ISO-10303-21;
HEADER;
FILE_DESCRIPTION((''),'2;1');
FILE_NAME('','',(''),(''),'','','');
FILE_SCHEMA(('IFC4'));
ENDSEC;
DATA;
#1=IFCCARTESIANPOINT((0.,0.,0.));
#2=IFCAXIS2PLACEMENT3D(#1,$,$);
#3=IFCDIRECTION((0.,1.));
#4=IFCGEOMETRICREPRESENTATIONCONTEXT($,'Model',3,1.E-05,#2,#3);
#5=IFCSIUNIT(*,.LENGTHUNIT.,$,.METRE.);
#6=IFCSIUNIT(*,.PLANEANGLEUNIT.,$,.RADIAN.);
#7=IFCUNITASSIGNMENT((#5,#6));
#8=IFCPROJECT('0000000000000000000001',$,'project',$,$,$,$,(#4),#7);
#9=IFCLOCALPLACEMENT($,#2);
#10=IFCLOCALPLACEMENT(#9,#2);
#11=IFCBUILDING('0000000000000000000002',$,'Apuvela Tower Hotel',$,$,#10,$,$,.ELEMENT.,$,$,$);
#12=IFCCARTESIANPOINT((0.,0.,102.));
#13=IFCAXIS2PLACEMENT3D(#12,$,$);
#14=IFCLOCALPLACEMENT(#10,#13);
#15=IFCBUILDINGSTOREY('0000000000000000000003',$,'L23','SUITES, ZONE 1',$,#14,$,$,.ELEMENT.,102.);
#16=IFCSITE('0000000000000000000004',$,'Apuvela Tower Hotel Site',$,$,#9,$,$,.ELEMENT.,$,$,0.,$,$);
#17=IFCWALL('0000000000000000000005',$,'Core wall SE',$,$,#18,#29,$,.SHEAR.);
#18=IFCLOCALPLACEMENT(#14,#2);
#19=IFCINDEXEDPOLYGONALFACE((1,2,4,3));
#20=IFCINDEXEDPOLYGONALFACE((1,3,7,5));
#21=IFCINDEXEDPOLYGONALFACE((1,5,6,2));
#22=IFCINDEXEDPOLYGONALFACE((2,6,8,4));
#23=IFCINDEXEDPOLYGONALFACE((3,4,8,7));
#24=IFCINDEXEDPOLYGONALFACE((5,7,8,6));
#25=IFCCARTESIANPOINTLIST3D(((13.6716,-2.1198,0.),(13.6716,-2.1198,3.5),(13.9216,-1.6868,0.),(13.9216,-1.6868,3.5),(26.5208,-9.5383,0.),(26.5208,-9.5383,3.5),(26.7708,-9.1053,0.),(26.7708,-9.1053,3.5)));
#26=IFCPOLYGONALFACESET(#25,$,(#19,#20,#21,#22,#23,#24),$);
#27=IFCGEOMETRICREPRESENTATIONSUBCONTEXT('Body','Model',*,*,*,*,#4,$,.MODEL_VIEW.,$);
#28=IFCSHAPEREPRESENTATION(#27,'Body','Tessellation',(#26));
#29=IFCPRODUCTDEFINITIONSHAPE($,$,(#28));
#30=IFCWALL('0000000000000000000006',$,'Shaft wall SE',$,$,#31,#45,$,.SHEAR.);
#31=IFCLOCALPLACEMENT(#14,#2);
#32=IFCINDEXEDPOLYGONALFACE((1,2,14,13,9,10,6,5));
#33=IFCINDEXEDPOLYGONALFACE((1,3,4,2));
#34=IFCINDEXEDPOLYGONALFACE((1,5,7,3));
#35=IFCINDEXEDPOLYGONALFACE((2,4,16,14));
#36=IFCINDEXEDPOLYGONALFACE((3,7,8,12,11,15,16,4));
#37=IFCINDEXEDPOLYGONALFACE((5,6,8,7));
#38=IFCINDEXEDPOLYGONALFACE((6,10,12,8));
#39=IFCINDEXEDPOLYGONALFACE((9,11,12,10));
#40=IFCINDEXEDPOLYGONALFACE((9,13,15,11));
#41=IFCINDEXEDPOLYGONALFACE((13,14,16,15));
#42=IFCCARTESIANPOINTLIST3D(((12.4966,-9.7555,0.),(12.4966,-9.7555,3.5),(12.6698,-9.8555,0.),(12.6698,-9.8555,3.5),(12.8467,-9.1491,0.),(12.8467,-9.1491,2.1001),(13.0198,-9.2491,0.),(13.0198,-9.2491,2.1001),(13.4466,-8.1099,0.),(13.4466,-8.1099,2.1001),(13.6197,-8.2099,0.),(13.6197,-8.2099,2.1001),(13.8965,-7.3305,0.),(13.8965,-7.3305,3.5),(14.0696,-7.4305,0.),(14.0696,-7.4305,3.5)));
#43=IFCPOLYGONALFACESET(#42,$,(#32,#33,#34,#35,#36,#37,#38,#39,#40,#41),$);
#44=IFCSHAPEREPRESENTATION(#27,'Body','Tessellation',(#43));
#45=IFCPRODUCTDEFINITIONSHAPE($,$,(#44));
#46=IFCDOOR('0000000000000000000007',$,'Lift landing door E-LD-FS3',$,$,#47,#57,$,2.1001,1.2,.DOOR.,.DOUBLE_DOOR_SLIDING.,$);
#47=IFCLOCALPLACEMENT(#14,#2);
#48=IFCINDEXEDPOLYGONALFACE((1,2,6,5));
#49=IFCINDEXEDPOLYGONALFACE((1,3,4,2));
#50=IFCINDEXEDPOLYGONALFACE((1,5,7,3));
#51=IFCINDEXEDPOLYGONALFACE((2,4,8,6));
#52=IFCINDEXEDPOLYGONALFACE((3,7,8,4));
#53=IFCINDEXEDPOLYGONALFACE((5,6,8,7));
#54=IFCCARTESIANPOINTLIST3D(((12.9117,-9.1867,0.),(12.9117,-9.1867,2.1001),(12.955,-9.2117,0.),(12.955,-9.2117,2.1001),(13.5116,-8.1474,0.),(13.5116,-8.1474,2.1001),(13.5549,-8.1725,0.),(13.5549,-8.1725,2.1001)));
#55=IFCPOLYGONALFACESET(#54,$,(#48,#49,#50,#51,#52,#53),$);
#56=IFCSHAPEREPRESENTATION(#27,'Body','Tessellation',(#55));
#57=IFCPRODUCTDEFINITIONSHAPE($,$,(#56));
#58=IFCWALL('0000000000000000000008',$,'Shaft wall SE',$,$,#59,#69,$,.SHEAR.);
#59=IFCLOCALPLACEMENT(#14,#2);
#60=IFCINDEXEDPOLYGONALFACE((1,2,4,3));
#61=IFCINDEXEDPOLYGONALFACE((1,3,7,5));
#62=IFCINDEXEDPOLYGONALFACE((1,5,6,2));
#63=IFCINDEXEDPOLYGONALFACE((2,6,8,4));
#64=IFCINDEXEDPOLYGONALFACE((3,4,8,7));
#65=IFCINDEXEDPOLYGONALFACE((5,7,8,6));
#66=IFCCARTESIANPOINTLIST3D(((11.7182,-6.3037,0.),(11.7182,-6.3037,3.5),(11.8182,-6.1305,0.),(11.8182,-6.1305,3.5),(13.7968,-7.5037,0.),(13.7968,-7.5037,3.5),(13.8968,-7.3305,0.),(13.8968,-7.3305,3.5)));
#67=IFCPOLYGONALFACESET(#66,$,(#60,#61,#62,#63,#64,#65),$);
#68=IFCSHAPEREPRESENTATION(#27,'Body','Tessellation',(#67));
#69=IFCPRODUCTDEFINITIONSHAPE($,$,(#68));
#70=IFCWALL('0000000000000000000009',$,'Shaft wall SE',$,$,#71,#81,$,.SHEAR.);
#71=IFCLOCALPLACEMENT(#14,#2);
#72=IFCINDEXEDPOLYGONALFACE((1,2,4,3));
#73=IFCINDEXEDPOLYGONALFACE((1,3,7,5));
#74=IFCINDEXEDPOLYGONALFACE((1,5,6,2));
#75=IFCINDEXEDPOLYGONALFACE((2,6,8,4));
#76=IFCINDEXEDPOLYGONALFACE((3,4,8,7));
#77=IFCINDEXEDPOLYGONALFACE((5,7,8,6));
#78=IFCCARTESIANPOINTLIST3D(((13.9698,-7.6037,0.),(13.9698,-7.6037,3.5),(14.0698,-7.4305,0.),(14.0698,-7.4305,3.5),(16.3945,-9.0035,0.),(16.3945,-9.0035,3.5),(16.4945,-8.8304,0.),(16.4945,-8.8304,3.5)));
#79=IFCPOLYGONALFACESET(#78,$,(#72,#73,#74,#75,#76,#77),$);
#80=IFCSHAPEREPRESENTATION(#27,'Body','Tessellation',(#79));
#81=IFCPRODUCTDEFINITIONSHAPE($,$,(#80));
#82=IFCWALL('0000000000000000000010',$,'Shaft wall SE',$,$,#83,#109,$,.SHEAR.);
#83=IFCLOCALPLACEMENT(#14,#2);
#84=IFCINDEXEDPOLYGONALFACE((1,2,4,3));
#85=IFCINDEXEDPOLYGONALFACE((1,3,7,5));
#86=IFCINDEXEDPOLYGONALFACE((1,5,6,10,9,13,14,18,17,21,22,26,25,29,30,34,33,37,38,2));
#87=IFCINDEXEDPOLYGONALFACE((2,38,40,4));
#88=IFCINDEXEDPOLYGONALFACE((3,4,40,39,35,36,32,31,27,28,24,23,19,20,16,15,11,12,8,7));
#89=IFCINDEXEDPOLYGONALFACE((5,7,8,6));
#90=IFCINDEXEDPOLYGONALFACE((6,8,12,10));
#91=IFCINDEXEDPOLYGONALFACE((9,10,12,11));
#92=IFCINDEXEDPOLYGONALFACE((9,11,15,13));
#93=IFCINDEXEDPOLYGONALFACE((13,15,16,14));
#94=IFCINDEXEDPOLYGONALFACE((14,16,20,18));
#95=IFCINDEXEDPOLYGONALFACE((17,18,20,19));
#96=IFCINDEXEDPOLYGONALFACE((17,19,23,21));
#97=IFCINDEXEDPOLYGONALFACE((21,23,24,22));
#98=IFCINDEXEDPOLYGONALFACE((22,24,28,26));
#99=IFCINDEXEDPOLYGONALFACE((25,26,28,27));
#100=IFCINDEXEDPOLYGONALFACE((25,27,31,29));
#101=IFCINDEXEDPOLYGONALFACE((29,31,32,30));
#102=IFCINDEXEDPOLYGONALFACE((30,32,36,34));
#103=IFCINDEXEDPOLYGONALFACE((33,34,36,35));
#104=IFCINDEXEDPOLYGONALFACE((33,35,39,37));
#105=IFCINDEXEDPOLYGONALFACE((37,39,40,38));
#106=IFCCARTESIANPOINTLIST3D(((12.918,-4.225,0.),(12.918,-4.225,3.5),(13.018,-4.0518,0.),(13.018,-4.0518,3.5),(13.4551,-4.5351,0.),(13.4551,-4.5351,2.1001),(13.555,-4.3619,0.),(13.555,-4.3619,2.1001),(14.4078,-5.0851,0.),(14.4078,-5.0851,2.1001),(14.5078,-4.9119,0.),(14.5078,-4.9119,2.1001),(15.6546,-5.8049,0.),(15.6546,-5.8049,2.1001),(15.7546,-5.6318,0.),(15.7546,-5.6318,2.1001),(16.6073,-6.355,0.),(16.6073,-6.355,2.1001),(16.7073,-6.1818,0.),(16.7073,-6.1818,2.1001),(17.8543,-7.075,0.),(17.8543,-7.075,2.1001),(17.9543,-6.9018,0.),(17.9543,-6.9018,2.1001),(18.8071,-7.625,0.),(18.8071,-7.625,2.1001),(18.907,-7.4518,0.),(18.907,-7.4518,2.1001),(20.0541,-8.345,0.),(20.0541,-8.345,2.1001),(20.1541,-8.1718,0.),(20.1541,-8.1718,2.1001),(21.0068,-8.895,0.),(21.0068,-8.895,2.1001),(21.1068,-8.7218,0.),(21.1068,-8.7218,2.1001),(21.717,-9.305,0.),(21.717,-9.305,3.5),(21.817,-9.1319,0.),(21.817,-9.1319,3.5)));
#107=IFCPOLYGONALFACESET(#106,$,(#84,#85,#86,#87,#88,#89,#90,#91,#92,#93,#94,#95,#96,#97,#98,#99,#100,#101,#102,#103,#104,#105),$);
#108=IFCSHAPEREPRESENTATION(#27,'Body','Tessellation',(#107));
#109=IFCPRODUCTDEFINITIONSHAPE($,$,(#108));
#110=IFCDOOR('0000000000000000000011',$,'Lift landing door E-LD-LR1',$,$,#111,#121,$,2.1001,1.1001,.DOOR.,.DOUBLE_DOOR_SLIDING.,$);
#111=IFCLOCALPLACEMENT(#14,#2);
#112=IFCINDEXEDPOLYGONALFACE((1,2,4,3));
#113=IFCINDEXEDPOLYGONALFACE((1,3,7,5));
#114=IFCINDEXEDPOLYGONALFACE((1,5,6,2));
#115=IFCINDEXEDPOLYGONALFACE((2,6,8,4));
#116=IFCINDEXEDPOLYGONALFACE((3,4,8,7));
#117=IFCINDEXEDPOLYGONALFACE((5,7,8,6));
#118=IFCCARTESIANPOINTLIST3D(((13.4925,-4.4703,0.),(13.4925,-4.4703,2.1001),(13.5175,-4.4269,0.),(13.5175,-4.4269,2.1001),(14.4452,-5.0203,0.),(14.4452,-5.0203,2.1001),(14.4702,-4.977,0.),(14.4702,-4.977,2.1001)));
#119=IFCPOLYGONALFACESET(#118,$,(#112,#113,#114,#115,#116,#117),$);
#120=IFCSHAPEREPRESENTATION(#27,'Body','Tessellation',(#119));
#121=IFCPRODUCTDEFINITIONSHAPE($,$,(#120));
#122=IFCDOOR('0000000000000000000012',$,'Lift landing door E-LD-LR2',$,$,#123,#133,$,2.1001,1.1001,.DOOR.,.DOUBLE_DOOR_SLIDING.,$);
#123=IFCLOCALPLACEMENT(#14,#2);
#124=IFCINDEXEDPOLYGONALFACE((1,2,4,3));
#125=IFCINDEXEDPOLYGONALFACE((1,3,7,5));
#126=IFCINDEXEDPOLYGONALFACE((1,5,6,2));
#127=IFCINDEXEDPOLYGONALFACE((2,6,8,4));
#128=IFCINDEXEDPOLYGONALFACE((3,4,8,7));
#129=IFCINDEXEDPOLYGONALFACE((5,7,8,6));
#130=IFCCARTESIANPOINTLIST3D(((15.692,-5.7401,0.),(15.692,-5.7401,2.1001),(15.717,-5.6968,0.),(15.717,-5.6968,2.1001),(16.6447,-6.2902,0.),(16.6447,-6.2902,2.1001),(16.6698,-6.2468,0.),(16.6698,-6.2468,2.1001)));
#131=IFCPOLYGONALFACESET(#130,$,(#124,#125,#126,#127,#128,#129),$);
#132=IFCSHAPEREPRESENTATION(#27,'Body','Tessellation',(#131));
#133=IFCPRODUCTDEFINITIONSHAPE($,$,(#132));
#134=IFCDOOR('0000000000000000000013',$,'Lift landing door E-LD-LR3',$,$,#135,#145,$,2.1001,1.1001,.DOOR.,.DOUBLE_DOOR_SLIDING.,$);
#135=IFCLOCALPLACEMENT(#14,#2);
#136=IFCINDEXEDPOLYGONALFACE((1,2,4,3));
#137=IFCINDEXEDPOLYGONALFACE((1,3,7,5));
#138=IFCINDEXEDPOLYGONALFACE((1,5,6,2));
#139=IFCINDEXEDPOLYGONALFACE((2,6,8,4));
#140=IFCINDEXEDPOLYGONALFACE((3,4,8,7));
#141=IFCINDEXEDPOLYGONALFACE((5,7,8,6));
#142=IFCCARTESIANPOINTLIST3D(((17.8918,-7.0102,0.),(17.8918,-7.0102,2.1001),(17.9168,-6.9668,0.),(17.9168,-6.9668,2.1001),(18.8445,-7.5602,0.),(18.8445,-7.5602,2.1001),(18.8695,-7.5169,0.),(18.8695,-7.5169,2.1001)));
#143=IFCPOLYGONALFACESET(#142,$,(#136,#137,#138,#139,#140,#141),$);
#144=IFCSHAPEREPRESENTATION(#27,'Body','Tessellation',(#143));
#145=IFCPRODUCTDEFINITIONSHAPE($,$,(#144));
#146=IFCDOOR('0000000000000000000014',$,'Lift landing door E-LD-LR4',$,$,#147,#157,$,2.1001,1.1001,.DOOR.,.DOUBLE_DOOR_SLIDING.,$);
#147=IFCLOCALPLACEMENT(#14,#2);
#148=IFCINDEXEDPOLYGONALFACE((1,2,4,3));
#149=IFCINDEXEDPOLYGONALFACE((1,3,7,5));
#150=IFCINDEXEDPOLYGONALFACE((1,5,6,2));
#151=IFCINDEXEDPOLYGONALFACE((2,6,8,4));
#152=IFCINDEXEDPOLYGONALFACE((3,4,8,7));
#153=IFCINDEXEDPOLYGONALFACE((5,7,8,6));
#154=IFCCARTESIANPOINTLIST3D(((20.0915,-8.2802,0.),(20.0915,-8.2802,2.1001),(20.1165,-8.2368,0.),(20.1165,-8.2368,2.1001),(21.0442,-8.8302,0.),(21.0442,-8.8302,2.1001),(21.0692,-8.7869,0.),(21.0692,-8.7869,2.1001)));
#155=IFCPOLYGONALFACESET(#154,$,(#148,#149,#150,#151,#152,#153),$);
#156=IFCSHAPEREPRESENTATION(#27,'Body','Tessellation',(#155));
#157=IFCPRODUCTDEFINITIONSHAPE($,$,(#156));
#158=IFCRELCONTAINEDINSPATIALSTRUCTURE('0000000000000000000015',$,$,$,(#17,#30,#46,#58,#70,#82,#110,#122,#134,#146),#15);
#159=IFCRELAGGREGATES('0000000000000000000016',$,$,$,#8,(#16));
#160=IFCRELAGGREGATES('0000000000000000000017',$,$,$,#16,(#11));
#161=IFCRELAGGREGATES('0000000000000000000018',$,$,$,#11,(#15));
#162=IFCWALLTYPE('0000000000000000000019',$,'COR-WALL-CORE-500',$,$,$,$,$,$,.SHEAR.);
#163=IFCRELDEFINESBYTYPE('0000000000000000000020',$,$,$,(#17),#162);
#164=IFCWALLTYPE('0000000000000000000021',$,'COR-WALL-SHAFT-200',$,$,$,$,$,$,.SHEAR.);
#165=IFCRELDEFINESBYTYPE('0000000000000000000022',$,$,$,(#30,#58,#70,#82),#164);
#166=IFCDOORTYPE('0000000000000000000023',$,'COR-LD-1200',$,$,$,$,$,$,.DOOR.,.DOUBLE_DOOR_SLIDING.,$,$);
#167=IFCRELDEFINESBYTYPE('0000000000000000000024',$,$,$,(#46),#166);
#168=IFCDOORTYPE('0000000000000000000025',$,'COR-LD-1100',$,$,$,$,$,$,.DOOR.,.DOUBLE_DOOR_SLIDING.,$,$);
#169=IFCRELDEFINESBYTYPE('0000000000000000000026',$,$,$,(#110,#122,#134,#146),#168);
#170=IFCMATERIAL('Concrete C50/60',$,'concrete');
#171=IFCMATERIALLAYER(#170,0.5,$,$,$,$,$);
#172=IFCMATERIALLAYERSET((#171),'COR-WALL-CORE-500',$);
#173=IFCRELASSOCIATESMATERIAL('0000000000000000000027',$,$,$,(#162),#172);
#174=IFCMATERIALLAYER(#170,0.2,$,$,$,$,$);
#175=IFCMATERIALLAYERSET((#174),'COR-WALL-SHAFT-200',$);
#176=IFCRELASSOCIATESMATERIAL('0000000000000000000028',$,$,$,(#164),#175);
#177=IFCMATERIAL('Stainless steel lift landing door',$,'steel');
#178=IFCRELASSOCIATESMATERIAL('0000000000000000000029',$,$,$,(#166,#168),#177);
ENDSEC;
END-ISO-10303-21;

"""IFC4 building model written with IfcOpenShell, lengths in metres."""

from ifc_helpers import new_model, si_unit, direction, frame, frame_2d, origin, place, context, subcontext, project, spatial, rectangle, extrude, material, layer, layer_set, type_object, element, fill, save


model = new_model("IFC4")

# Units and contexts
model_context = context("Model", 3, precision=1e-05, world=origin(), true_north=direction((0.0, 1.0)))
body_context = subcontext(model_context, "Body", "Model", "MODEL_VIEW")
ifc_project = project(units=[si_unit("LENGTHUNIT", "METRE"), si_unit("PLANEANGLEUNIT", "RADIAN")], contexts=[model_context])

# Site, building, storey
site_placement = place(None, origin())
site = spatial("IfcSite", under=ifc_project, at=site_placement, Name="Apuvela Tower Hotel Site", CompositionType="ELEMENT", RefElevation=0.0)
building_placement = place(site_placement, origin())
building = spatial("IfcBuilding", under=site, at=building_placement, Name="Apuvela Tower Hotel", CompositionType="ELEMENT")
storey_placement = place(building_placement, frame((0.0, 0.0, 102.0)))
storey = spatial("IfcBuildingStorey", under=building, at=storey_placement, Name="L23", Description="SUITES, ZONE 1", CompositionType="ELEMENT", Elevation=102.0)

# Shared definitions
ifc_material_1 = material(Name="Concrete C50/60", Category="concrete")

# Wall
ifc_layer_1 = layer(ifc_material_1, 0.5)
ifc_layer_set_1 = layer_set([ifc_layer_1], Name="COR-WALL-CORE-500")
wall_type_1 = type_object("IfcWallType", Name="COR-WALL-CORE-500", PredefinedType="SHEAR", material=ifc_layer_set_1)
wall_1_placement = place(storey_placement, frame((13.7966, -1.9033, 0.0), z_axis=(0.0, 0.0, 1.0), x_axis=(0.866025, -0.500001, 0.0)))
element("IfcWall", 1, at=wall_1_placement, inside=storey, type_object=wall_type_1, Name="Core wall SE", PredefinedType="SHEAR", context=body_context, shape_type="SweptSolid", body=[
    extrude(rectangle(XDim=14.8369, YDim=0.5, at=frame_2d((7.4185, 0.0))), origin(), (0.0, 0.0, 1.0), 3.5),
])

# Wall, opening, door
ifc_layer_2 = layer(ifc_material_1, 0.2)
ifc_layer_set_2 = layer_set([ifc_layer_2], Name="COR-WALL-SHAFT-200")
wall_type_2 = type_object("IfcWallType", Name="COR-WALL-SHAFT-200", PredefinedType="SHEAR", material=ifc_layer_set_2)
wall_2_placement = place(storey_placement, frame((12.5833, -9.8054, 0.0), z_axis=(0.0, 0.0, 1.0), x_axis=(0.499946, 0.866056, 0.0)))
wall_2 = element("IfcWall", 2, at=wall_2_placement, inside=storey, type_object=wall_type_2, Name="Shaft wall SE", PredefinedType="SHEAR", context=body_context, shape_type="SweptSolid", body=[
    extrude(rectangle(XDim=2.8, YDim=0.2, at=frame_2d((1.3999, 0.0))), origin(), (0.0, 0.0, 1.0), 3.5),
])
opening_1_placement = place(wall_2_placement, frame((0.7, 0.0, 0.0)))
opening_1 = element("IfcOpeningElement", 3, at=opening_1_placement, cuts=wall_2, PredefinedType="OPENING", context=body_context, shape_type="SweptSolid", body=[
    extrude(rectangle(XDim=1.2, YDim=2.1001, at=frame_2d((0.6001, 1.05))), frame((0.0, 0.1099, 0.0), z_axis=(0.0, -1.0, 0.0), x_axis=(1.0, 0.0, 0.0)), (0.0, 0.0, 1.0), 0.22),
])
ifc_material_2 = material(Name="Stainless steel lift landing door", Category="steel")
door_type_1 = type_object("IfcDoorType", Name="COR-LD-1200", OperationType="DOUBLE_DOOR_SLIDING", PredefinedType="DOOR", material=ifc_material_2)
door_1_placement = place(opening_1_placement, origin())
door_1 = element("IfcDoor", 4, at=door_1_placement, inside=storey, type_object=door_type_1, Name="Lift landing door E-LD-FS3", OperationType="DOUBLE_DOOR_SLIDING", OverallHeight=2.1001, OverallWidth=1.2, PredefinedType="DOOR", context=body_context, shape_type="SweptSolid", body=[
    extrude(rectangle(XDim=1.2, YDim=2.1001, at=frame_2d((0.6001, 1.05))), frame((0.0, 0.0249, 0.0), z_axis=(0.0, -1.0, 0.0), x_axis=(1.0, 0.0, 0.0)), (0.0, 0.0, 1.0), 0.05),
])
fill(opening_1, door_1)

# Walls
wall_3_placement = place(storey_placement, frame((11.7681, -6.217, 0.0), z_axis=(0.0, 0.0, 1.0), x_axis=(0.86605, -0.499957, 0.0)))
element("IfcWall", 5, at=wall_3_placement, inside=storey, type_object=wall_type_2, Name="Shaft wall SE", PredefinedType="SHEAR", context=body_context, shape_type="SweptSolid", body=[
    extrude(rectangle(XDim=2.4001, YDim=0.2, at=frame_2d((1.2002, 0.0))), origin(), (0.0, 0.0, 1.0), 3.5),
])
wall_4_placement = place(storey_placement, frame((14.0198, -7.5171, 0.0), z_axis=(0.0, 0.0, 1.0), x_axis=(0.866035, -0.499984, 0.0)))
element("IfcWall", 6, at=wall_4_placement, inside=storey, type_object=wall_type_2, Name="Shaft wall SE", PredefinedType="SHEAR", context=body_context, shape_type="SweptSolid", body=[
    extrude(rectangle(XDim=2.7998, YDim=0.2, at=frame_2d((1.3999, 0.0))), origin(), (0.0, 0.0, 1.0), 3.5),
])

# Wall, openings, doors
wall_5_placement = place(storey_placement, frame((12.968, -4.1384, 0.0), z_axis=(0.0, 0.0, 1.0), x_axis=(0.866028, -0.499995, 0.0)))
wall_5 = element("IfcWall", 7, at=wall_5_placement, inside=storey, type_object=wall_type_2, Name="Shaft wall SE", PredefinedType="SHEAR", context=body_context, shape_type="SweptSolid", body=[
    extrude(rectangle(XDim=10.1602, YDim=0.2, at=frame_2d((5.0801, 0.0))), origin(), (0.0, 0.0, 1.0), 3.5),
])
opening_2_placement = place(wall_5_placement, frame((0.6201, 0.0, 0.0)))
opening_2 = element("IfcOpeningElement", 8, at=opening_2_placement, cuts=wall_5, PredefinedType="OPENING", context=body_context, shape_type="SweptSolid", body=[
    extrude(rectangle(XDim=1.1001, YDim=2.1001, at=frame_2d((0.55, 1.05))), frame((0.0, 0.1099, 0.0), z_axis=(0.0, -1.0, 0.0), x_axis=(1.0, 0.0, 0.0)), (0.0, 0.0, 1.0), 0.22),
])
opening_3_placement = place(wall_5_placement, frame((3.1599, 0.0, 0.0)))
opening_3 = element("IfcOpeningElement", 9, at=opening_3_placement, cuts=wall_5, PredefinedType="OPENING", context=body_context, shape_type="SweptSolid", body=[
    extrude(rectangle(XDim=1.1001, YDim=2.1001, at=frame_2d((0.55, 1.05))), frame((0.0, 0.1099, 0.0), z_axis=(0.0, -1.0, 0.0), x_axis=(1.0, 0.0, 0.0)), (0.0, 0.0, 1.0), 0.22),
])
opening_4_placement = place(wall_5_placement, frame((5.7, 0.0, 0.0)))
opening_4 = element("IfcOpeningElement", 10, at=opening_4_placement, cuts=wall_5, PredefinedType="OPENING", context=body_context, shape_type="SweptSolid", body=[
    extrude(rectangle(XDim=1.1001, YDim=2.1001, at=frame_2d((0.55, 1.05))), frame((0.0, 0.1099, 0.0), z_axis=(0.0, -1.0, 0.0), x_axis=(1.0, 0.0, 0.0)), (0.0, 0.0, 1.0), 0.22),
])
opening_5_placement = place(wall_5_placement, frame((8.24, 0.0, 0.0)))
opening_5 = element("IfcOpeningElement", 11, at=opening_5_placement, cuts=wall_5, PredefinedType="OPENING", context=body_context, shape_type="SweptSolid", body=[
    extrude(rectangle(XDim=1.1001, YDim=2.1001, at=frame_2d((0.55, 1.05))), frame((0.0, 0.1099, 0.0), z_axis=(0.0, -1.0, 0.0), x_axis=(1.0, 0.0, 0.0)), (0.0, 0.0, 1.0), 0.22),
])
door_type_2 = type_object("IfcDoorType", Name="COR-LD-1100", OperationType="DOUBLE_DOOR_SLIDING", PredefinedType="DOOR", material=ifc_material_2)
door_2_placement = place(opening_2_placement, origin())
door_2 = element("IfcDoor", 12, at=door_2_placement, inside=storey, type_object=door_type_2, Name="Lift landing door E-LD-LR1", OperationType="DOUBLE_DOOR_SLIDING", OverallHeight=2.1001, OverallWidth=1.1001, PredefinedType="DOOR", context=body_context, shape_type="SweptSolid", body=[
    extrude(rectangle(XDim=1.1001, YDim=2.1001, at=frame_2d((0.55, 1.05))), frame((0.0, 0.0249, 0.0), z_axis=(0.0, -1.0, 0.0), x_axis=(1.0, 0.0, 0.0)), (0.0, 0.0, 1.0), 0.05),
])
fill(opening_2, door_2)
door_3_placement = place(opening_3_placement, origin())
door_3 = element("IfcDoor", 13, at=door_3_placement, inside=storey, type_object=door_type_2, Name="Lift landing door E-LD-LR2", OperationType="DOUBLE_DOOR_SLIDING", OverallHeight=2.1001, OverallWidth=1.1001, PredefinedType="DOOR", context=body_context, shape_type="SweptSolid", body=[
    extrude(rectangle(XDim=1.1001, YDim=2.1001, at=frame_2d((0.55, 1.05))), frame((0.0, 0.0249, 0.0), z_axis=(0.0, -1.0, 0.0), x_axis=(1.0, 0.0, 0.0)), (0.0, 0.0, 1.0), 0.05),
])
fill(opening_3, door_3)
door_4_placement = place(opening_4_placement, origin())
door_4 = element("IfcDoor", 14, at=door_4_placement, inside=storey, type_object=door_type_2, Name="Lift landing door E-LD-LR3", OperationType="DOUBLE_DOOR_SLIDING", OverallHeight=2.1001, OverallWidth=1.1001, PredefinedType="DOOR", context=body_context, shape_type="SweptSolid", body=[
    extrude(rectangle(XDim=1.1001, YDim=2.1001, at=frame_2d((0.55, 1.05))), frame((0.0, 0.0249, 0.0), z_axis=(0.0, -1.0, 0.0), x_axis=(1.0, 0.0, 0.0)), (0.0, 0.0, 1.0), 0.05),
])
fill(opening_4, door_4)
door_5_placement = place(opening_5_placement, origin())
door_5 = element("IfcDoor", 15, at=door_5_placement, inside=storey, type_object=door_type_2, Name="Lift landing door E-LD-LR4", OperationType="DOUBLE_DOOR_SLIDING", OverallHeight=2.1001, OverallWidth=1.1001, PredefinedType="DOOR", context=body_context, shape_type="SweptSolid", body=[
    extrude(rectangle(XDim=1.1001, YDim=2.1001, at=frame_2d((0.55, 1.05))), frame((0.0, 0.0249, 0.0), z_axis=(0.0, -1.0, 0.0), x_axis=(1.0, 0.0, 0.0)), (0.0, 0.0, 1.0), 0.05),
])
fill(opening_5, door_5)

save(model, "model.ifc")
